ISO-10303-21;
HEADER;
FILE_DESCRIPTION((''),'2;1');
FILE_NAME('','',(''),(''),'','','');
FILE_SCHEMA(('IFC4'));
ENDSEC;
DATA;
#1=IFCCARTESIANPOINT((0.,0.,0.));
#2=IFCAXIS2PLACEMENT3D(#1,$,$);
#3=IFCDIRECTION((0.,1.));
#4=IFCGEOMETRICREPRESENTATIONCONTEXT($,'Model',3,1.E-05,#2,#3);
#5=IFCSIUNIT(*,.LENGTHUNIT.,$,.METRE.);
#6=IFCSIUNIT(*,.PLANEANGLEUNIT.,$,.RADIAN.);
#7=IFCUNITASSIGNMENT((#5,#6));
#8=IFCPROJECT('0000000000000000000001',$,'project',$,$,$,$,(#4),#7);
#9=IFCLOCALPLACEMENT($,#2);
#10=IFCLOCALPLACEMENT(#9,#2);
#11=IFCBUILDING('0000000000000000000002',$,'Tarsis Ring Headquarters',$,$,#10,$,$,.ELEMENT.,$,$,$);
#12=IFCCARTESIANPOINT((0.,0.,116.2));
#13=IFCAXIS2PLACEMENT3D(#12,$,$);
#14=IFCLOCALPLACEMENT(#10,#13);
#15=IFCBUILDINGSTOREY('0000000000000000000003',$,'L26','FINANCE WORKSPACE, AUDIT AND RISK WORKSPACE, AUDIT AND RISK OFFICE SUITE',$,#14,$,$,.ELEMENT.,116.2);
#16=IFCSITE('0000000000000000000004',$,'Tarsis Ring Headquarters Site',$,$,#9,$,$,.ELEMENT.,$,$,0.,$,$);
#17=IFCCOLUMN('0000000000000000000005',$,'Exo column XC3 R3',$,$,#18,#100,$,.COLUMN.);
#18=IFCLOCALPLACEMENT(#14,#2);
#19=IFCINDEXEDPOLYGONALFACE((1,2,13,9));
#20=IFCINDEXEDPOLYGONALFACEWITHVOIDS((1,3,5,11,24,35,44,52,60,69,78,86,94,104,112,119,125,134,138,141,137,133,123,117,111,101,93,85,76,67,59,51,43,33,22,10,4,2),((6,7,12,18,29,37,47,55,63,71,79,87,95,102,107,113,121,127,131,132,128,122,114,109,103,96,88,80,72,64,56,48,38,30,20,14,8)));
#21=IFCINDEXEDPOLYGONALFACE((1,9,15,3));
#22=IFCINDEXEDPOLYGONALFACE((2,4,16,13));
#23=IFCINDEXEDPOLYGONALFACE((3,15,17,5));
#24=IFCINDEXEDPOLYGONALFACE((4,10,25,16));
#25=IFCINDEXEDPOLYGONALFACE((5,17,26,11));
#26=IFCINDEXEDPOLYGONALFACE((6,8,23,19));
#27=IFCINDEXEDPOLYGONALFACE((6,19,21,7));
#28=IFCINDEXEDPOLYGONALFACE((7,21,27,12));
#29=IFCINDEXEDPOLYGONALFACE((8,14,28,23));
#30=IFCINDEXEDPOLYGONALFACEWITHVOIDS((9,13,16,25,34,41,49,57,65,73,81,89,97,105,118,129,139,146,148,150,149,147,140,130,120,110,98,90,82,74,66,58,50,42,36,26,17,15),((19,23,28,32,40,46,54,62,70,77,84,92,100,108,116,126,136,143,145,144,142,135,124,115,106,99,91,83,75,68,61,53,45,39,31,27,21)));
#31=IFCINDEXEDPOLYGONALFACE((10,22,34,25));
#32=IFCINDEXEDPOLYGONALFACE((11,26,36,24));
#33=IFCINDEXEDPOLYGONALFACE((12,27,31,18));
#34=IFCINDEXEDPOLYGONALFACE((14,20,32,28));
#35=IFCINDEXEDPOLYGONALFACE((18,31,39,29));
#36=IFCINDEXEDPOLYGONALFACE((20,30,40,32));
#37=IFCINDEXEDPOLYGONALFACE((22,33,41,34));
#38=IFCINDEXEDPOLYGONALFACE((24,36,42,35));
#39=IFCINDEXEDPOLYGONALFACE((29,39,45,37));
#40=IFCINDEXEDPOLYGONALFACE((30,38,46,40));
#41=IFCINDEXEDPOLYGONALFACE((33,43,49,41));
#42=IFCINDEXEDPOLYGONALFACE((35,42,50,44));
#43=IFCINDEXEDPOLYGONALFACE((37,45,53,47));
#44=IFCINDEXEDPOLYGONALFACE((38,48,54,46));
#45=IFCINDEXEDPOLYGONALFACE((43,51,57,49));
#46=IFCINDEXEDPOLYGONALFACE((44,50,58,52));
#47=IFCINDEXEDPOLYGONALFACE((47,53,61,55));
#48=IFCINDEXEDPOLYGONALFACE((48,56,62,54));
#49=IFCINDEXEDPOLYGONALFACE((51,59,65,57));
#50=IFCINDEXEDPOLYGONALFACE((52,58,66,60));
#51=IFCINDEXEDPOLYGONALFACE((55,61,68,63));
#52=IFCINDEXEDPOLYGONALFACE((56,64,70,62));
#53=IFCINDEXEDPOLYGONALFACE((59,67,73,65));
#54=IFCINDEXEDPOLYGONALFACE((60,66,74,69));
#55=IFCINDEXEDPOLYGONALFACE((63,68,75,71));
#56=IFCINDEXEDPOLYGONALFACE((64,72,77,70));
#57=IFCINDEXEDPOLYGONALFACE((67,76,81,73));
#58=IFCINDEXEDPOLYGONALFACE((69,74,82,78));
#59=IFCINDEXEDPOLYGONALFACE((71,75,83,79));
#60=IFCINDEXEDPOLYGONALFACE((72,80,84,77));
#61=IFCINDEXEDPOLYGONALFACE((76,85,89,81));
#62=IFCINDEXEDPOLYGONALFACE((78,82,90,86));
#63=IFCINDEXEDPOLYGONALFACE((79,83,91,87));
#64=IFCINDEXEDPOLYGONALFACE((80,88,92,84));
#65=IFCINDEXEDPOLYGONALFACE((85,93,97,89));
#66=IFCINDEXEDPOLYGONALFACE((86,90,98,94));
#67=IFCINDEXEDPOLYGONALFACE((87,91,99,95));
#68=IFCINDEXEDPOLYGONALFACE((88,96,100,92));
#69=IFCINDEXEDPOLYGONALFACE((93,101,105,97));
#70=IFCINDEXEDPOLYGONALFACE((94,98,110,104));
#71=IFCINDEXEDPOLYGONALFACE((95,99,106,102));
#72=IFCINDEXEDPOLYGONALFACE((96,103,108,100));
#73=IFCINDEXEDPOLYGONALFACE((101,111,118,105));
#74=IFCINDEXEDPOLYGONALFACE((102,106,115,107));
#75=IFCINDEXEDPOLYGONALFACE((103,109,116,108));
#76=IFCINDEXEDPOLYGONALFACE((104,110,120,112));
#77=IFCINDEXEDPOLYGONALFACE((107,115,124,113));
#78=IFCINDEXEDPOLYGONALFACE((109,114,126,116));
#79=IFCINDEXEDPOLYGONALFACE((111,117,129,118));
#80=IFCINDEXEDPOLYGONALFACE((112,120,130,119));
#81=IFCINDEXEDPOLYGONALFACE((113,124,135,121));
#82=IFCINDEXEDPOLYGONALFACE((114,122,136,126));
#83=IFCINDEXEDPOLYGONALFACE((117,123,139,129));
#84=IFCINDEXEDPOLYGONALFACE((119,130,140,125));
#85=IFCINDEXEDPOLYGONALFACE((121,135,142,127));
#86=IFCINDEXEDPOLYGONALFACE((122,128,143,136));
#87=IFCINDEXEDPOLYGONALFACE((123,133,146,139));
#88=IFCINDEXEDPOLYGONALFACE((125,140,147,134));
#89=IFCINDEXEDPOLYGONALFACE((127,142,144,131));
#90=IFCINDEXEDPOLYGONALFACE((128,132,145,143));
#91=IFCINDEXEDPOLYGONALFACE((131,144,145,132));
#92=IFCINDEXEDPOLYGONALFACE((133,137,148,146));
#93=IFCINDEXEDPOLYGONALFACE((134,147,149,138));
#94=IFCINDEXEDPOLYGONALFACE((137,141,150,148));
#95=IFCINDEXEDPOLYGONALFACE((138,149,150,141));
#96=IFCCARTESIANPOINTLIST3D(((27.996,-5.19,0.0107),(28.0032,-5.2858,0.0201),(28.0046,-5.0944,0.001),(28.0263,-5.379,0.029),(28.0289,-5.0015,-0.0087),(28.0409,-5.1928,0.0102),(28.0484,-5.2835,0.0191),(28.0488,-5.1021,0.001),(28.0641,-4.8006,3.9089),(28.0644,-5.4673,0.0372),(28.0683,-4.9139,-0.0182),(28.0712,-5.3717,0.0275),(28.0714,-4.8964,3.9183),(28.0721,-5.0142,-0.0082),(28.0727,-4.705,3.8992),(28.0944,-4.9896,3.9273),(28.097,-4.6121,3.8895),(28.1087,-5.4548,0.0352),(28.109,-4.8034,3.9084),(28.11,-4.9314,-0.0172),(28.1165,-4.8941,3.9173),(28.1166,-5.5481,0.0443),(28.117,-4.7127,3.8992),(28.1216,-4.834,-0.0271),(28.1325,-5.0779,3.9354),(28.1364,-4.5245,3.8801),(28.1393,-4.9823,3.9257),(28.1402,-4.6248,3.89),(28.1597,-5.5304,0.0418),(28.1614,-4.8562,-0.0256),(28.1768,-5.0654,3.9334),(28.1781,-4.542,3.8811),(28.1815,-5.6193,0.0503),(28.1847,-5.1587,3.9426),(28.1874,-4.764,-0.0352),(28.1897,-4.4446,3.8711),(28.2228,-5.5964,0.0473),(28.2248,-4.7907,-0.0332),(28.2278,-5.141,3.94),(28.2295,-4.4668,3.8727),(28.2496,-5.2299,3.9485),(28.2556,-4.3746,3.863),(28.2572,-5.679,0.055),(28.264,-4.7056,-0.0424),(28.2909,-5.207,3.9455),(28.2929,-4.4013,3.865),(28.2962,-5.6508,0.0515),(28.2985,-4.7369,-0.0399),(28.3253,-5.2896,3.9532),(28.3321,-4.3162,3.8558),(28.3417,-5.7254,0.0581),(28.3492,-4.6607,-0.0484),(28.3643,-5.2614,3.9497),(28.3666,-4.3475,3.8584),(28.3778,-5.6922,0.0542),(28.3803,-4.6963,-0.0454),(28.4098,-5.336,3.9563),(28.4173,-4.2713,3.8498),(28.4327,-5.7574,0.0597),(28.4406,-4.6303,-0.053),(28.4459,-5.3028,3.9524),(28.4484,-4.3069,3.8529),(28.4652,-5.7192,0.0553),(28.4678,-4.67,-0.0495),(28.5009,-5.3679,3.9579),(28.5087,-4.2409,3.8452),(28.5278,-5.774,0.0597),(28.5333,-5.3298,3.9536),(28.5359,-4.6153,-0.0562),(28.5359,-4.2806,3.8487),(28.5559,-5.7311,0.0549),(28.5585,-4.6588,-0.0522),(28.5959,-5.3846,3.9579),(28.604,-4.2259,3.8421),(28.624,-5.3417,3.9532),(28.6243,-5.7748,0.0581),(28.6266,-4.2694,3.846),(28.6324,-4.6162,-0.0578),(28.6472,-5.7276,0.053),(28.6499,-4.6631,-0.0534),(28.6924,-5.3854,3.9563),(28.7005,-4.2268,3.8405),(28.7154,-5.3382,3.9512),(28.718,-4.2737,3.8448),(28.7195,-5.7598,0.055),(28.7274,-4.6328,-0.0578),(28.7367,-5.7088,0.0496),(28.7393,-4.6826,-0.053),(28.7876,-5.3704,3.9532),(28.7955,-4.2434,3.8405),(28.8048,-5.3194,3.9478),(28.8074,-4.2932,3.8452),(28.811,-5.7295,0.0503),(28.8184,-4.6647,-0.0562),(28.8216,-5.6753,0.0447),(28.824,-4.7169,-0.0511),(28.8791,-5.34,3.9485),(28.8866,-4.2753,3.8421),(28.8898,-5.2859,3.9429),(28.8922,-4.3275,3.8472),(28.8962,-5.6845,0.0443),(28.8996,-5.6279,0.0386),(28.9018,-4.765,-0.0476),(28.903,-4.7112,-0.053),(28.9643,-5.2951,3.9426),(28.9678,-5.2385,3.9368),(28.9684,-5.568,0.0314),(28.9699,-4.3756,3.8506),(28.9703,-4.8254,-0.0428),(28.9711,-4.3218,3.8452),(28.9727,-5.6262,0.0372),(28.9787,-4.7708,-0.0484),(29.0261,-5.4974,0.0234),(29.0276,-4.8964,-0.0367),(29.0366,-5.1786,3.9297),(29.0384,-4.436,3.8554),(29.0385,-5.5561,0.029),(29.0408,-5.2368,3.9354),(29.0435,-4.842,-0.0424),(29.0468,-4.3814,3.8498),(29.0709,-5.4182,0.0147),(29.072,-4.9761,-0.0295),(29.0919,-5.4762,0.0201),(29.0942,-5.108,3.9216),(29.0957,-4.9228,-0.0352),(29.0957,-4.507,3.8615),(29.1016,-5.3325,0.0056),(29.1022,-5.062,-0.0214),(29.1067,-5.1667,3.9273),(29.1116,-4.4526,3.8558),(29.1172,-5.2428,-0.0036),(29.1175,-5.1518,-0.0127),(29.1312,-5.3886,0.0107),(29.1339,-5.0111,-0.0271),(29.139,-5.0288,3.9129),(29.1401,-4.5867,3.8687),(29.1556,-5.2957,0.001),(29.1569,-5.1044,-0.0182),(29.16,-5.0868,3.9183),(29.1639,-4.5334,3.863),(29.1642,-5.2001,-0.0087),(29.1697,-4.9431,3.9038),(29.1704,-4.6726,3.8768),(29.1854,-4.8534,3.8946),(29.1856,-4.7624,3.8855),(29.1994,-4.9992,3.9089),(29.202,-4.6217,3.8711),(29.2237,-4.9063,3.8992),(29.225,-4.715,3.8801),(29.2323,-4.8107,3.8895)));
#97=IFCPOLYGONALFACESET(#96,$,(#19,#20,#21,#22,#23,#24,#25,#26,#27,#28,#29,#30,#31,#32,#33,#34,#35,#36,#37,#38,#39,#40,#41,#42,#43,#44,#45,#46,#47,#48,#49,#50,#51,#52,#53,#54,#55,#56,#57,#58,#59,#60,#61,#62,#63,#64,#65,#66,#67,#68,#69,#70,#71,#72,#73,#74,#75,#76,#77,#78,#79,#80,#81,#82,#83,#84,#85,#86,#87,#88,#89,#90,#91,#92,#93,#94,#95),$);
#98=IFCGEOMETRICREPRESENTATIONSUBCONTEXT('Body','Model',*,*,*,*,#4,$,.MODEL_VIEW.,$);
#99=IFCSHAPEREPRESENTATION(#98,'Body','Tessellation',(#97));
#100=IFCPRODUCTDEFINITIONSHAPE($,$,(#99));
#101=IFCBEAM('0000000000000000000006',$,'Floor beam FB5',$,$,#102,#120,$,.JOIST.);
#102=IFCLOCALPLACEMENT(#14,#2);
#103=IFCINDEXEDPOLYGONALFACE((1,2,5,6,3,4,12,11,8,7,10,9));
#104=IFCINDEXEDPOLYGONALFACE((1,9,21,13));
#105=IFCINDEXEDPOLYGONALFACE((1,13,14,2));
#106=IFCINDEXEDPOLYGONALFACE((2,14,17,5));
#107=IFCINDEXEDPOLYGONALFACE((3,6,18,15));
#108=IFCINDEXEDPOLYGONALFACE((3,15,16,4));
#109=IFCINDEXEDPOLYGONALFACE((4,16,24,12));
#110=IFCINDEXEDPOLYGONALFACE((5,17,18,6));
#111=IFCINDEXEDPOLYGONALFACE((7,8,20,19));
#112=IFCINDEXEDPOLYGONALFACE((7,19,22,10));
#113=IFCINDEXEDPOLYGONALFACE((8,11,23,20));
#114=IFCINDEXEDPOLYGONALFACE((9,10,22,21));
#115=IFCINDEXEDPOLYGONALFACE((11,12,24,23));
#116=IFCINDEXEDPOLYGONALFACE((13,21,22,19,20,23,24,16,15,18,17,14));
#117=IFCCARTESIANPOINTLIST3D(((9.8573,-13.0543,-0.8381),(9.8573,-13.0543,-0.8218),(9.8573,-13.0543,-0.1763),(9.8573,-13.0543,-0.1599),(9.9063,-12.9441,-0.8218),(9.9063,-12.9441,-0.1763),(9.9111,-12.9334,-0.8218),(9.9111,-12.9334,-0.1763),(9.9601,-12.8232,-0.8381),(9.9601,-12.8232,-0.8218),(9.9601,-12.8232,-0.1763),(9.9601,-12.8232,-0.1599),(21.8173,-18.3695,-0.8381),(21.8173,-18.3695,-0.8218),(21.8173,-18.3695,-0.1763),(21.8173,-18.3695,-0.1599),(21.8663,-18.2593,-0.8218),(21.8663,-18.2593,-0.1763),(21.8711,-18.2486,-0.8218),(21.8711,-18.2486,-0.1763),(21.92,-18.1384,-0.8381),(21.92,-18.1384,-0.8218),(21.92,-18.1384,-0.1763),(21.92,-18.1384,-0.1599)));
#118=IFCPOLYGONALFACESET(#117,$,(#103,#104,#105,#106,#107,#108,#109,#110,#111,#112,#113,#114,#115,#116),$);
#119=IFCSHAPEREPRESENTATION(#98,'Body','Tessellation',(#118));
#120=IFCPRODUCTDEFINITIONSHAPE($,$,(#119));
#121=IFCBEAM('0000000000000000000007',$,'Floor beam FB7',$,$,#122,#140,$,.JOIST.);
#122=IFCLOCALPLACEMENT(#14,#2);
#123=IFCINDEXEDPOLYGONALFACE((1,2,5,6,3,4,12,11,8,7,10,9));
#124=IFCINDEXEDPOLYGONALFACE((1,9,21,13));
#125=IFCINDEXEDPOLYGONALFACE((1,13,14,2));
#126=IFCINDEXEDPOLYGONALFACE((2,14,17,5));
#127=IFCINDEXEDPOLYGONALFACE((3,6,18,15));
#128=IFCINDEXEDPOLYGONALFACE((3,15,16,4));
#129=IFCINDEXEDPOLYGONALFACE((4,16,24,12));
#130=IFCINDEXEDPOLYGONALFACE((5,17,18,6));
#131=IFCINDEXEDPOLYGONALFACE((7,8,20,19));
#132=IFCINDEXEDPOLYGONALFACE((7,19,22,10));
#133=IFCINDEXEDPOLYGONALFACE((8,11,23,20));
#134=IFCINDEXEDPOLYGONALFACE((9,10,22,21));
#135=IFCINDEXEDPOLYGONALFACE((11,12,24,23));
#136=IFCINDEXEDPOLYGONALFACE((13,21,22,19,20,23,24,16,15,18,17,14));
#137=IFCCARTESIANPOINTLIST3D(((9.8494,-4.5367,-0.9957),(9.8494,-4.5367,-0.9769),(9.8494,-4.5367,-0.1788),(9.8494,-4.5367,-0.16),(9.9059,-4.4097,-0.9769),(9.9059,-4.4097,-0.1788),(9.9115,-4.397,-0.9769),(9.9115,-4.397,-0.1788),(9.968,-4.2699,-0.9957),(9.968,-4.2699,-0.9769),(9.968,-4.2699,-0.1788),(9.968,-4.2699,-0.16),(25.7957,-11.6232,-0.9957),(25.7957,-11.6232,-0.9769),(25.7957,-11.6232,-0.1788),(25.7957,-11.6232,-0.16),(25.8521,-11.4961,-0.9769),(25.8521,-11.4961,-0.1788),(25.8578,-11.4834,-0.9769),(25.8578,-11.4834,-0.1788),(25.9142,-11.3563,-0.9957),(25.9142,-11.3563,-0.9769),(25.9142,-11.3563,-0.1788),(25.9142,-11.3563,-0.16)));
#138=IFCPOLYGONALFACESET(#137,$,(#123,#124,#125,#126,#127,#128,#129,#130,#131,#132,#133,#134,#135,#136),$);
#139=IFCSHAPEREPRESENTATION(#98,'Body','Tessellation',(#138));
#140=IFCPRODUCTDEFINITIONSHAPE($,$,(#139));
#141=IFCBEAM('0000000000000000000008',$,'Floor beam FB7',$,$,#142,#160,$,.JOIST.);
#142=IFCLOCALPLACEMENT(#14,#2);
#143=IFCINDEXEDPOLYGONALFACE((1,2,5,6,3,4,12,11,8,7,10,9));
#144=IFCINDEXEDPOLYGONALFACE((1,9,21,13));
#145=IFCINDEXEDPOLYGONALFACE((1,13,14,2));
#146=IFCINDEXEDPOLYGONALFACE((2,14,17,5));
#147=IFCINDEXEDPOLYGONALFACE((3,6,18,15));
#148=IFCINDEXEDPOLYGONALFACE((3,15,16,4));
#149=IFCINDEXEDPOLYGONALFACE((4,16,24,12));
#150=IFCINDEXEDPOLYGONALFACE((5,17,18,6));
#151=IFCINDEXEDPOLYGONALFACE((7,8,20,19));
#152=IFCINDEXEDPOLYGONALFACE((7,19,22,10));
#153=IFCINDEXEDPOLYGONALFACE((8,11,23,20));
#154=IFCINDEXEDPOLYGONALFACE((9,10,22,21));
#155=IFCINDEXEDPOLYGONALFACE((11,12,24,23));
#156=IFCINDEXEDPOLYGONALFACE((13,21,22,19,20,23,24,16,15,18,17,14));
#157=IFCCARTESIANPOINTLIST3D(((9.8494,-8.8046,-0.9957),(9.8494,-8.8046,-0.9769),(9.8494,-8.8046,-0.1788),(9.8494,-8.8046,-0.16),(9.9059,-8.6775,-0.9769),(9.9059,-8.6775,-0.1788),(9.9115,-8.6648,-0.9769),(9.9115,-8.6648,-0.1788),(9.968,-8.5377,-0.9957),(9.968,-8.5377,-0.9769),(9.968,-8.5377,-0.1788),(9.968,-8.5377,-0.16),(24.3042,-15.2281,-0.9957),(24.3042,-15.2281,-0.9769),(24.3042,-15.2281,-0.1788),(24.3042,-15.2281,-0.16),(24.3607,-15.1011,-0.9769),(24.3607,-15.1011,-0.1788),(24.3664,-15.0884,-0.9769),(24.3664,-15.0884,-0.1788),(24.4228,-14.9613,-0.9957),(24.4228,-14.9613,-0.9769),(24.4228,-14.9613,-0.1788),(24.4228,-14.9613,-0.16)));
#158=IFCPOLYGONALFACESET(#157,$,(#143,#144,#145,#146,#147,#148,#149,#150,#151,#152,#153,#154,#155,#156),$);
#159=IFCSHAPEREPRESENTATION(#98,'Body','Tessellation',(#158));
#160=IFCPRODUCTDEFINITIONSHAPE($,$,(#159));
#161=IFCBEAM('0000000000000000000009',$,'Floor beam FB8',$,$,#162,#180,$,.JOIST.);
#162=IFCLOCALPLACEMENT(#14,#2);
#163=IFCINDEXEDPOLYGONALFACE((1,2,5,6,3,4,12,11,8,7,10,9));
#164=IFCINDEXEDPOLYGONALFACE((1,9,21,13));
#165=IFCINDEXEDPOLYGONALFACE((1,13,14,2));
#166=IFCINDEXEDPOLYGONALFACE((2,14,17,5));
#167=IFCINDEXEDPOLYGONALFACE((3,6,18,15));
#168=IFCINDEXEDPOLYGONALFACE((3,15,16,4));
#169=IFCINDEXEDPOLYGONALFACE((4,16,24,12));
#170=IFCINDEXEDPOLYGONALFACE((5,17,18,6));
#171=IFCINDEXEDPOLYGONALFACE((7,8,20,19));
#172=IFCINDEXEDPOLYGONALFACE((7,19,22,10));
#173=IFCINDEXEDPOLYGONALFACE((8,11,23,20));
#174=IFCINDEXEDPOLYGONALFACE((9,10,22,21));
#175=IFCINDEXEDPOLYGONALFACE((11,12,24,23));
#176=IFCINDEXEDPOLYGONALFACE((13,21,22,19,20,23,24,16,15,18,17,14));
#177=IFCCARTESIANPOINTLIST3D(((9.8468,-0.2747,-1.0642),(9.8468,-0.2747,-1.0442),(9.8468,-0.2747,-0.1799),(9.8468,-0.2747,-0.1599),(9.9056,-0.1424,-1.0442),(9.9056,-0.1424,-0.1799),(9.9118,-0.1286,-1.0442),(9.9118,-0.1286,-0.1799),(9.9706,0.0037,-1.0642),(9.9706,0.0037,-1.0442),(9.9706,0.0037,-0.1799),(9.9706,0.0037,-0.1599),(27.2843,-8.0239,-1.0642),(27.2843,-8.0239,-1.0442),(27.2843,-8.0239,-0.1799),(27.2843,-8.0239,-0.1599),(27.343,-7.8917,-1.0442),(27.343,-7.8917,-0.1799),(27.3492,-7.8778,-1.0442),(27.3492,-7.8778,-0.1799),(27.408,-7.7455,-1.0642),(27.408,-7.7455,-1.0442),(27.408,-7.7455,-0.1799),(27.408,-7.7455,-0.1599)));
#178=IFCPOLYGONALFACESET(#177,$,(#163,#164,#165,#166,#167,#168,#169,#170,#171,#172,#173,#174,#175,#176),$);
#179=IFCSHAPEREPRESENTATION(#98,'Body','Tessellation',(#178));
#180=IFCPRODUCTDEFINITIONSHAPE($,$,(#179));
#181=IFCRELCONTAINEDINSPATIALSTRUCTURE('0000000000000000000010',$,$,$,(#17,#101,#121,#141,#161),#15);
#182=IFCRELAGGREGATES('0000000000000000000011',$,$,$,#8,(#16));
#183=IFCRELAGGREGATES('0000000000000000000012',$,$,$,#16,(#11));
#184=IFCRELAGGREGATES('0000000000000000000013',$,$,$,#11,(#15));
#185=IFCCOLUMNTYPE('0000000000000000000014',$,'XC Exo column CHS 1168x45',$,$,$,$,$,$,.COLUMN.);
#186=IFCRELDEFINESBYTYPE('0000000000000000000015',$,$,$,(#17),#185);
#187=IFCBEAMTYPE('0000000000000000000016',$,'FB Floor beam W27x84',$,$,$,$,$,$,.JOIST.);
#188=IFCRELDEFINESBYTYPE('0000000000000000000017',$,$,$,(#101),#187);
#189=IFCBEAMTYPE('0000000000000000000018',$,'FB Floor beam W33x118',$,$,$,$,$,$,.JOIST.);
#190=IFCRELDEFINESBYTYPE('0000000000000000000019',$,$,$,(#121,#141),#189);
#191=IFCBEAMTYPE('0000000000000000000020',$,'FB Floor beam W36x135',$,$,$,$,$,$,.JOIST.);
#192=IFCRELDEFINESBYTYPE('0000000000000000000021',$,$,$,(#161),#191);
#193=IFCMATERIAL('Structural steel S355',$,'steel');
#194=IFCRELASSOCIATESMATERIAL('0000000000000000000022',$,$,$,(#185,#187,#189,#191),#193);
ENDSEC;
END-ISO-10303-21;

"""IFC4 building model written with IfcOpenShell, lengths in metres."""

from ifc_helpers import new_model, si_unit, direction, frame, origin, origin_2d, place, context, subcontext, project, spatial, hollow_circle, i_section, extrude, material, material_profile, profile_set, type_object, element, save


model = new_model("IFC4")

# Units and contexts
model_context = context("Model", 3, precision=1e-05, world=origin(), true_north=direction((0.0, 1.0)))
body_context = subcontext(model_context, "Body", "Model", "MODEL_VIEW")
ifc_project = project(units=[si_unit("LENGTHUNIT", "METRE"), si_unit("PLANEANGLEUNIT", "RADIAN")], contexts=[model_context])

# Site, building, storey
site_placement = place(None, origin())
site = spatial("IfcSite", under=ifc_project, at=site_placement, Name="Tarsis Ring Headquarters Site", CompositionType="ELEMENT", RefElevation=0.0)
building_placement = place(site_placement, origin())
building = spatial("IfcBuilding", under=site, at=building_placement, Name="Tarsis Ring Headquarters", CompositionType="ELEMENT")
storey_placement = place(building_placement, frame((0.0, 0.0, 116.2)))
storey = spatial("IfcBuildingStorey", under=building, at=storey_placement, Name="L26", Description="FINANCE WORKSPACE, AUDIT AND RISK WORKSPACE, AUDIT AND RISK OFFICE SUITE", CompositionType="ELEMENT", Elevation=116.2)

# Column
ifc_material_1 = material(Name="Structural steel S355", Category="steel")
ifc_material_profile_1 = material_profile(ifc_material_1, hollow_circle(Radius=0.5842, WallThickness=0.0449, at=origin_2d()), Name="CHS 1168x45")
ifc_profile_set_1 = profile_set([ifc_material_profile_1], Name="Structural steel S355")
column_type = type_object("IfcColumnType", Name="XC Exo column CHS 1168x45", PredefinedType="COLUMN", material=ifc_profile_set_1)
column_placement = place(storey_placement, frame((28.5801, -5.1951, 0.001), z_axis=(0.017384, 0.099384, 0.994897), x_axis=(-0.985044, 0.172305, 0.0)))
element("IfcColumn", 1, at=column_placement, inside=storey, type_object=column_type, Name="Exo column XC3 R3", PredefinedType="COLUMN", context=body_context, shape_type="SweptSolid", body=[
    extrude(hollow_circle(Radius=0.5842, WallThickness=0.0449, at=origin_2d()), origin(), (0.0, 0.0, 1.0), 3.9182),
])

# Beams
ifc_material_profile_2 = material_profile(ifc_material_1, i_section(OverallWidth=0.2529, OverallDepth=0.6782, WebThickness=0.0117, FlangeThickness=0.0164, at=origin_2d()), Name="W27x84")
ifc_profile_set_2 = profile_set([ifc_material_profile_2], Name="Structural steel S355")
beam_type_1 = type_object("IfcBeamType", Name="FB Floor beam W27x84", PredefinedType="JOIST", material=ifc_profile_set_2)
beam_1_placement = place(storey_placement, frame((9.9087, -12.9387, -0.499), z_axis=(0.913822, -0.406116, 0.0), x_axis=(0.406116, 0.913822, 0.0)))
element("IfcBeam", 2, at=beam_1_placement, inside=storey, type_object=beam_type_1, Name="Floor beam FB5", PredefinedType="JOIST", context=body_context, shape_type="SweptSolid", body=[
    extrude(i_section(OverallWidth=0.2529, OverallDepth=0.6782, WebThickness=0.0117, FlangeThickness=0.0164, at=origin_2d()), origin(), (0.0, 0.0, 1.0), 13.0879),
])
ifc_material_profile_3 = material_profile(ifc_material_1, i_section(OverallWidth=0.292, OverallDepth=0.8357, WebThickness=0.0139, FlangeThickness=0.0188, at=origin_2d()), Name="W33x118")
ifc_profile_set_3 = profile_set([ifc_material_profile_3], Name="Structural steel S355")
beam_type_2 = type_object("IfcBeamType", Name="FB Floor beam W33x118", PredefinedType="JOIST", material=ifc_profile_set_3)
beam_2_placement = place(storey_placement, frame((9.9087, -4.4033, -0.5779), z_axis=(0.913829, -0.4061, 0.0), x_axis=(0.4061, 0.913829, 0.0)))
element("IfcBeam", 3, at=beam_2_placement, inside=storey, type_object=beam_type_2, Name="Floor beam FB7", PredefinedType="JOIST", context=body_context, shape_type="SweptSolid", body=[
    extrude(i_section(OverallWidth=0.292, OverallDepth=0.8357, WebThickness=0.0139, FlangeThickness=0.0188, at=origin_2d()), origin(), (0.0, 0.0, 1.0), 17.45),
])
beam_3_placement = place(storey_placement, frame((9.9087, -8.6711, -0.5779), z_axis=(0.91383, -0.406097, 0.0), x_axis=(0.406097, 0.91383, 0.0)))
element("IfcBeam", 4, at=beam_3_placement, inside=storey, type_object=beam_type_2, Name="Floor beam FB7", PredefinedType="JOIST", context=body_context, shape_type="SweptSolid", body=[
    extrude(i_section(OverallWidth=0.292, OverallDepth=0.8357, WebThickness=0.0139, FlangeThickness=0.0188, at=origin_2d()), origin(), (0.0, 0.0, 1.0), 15.8179),
])
ifc_material_profile_4 = material_profile(ifc_material_1, i_section(OverallWidth=0.3047, OverallDepth=0.9043, WebThickness=0.0151, FlangeThickness=0.02, at=origin_2d()), Name="W36x135")
ifc_profile_set_4 = profile_set([ifc_material_profile_4], Name="Structural steel S355")
beam_type_3 = type_object("IfcBeamType", Name="FB Floor beam W36x135", PredefinedType="JOIST", material=ifc_profile_set_4)
beam_4_placement = place(storey_placement, frame((9.9087, -0.1355, -0.6121), z_axis=(0.913826, -0.406106, 0.0), x_axis=(0.406106, 0.913826, 0.0)))
element("IfcBeam", 5, at=beam_4_placement, inside=storey, type_object=beam_type_3, Name="Floor beam FB8", PredefinedType="JOIST", context=body_context, shape_type="SweptSolid", body=[
    extrude(i_section(OverallWidth=0.3047, OverallDepth=0.9043, WebThickness=0.0151, FlangeThickness=0.02, at=origin_2d()), origin(), (0.0, 0.0, 1.0), 19.0818),
])

save(model, "model.ifc")
